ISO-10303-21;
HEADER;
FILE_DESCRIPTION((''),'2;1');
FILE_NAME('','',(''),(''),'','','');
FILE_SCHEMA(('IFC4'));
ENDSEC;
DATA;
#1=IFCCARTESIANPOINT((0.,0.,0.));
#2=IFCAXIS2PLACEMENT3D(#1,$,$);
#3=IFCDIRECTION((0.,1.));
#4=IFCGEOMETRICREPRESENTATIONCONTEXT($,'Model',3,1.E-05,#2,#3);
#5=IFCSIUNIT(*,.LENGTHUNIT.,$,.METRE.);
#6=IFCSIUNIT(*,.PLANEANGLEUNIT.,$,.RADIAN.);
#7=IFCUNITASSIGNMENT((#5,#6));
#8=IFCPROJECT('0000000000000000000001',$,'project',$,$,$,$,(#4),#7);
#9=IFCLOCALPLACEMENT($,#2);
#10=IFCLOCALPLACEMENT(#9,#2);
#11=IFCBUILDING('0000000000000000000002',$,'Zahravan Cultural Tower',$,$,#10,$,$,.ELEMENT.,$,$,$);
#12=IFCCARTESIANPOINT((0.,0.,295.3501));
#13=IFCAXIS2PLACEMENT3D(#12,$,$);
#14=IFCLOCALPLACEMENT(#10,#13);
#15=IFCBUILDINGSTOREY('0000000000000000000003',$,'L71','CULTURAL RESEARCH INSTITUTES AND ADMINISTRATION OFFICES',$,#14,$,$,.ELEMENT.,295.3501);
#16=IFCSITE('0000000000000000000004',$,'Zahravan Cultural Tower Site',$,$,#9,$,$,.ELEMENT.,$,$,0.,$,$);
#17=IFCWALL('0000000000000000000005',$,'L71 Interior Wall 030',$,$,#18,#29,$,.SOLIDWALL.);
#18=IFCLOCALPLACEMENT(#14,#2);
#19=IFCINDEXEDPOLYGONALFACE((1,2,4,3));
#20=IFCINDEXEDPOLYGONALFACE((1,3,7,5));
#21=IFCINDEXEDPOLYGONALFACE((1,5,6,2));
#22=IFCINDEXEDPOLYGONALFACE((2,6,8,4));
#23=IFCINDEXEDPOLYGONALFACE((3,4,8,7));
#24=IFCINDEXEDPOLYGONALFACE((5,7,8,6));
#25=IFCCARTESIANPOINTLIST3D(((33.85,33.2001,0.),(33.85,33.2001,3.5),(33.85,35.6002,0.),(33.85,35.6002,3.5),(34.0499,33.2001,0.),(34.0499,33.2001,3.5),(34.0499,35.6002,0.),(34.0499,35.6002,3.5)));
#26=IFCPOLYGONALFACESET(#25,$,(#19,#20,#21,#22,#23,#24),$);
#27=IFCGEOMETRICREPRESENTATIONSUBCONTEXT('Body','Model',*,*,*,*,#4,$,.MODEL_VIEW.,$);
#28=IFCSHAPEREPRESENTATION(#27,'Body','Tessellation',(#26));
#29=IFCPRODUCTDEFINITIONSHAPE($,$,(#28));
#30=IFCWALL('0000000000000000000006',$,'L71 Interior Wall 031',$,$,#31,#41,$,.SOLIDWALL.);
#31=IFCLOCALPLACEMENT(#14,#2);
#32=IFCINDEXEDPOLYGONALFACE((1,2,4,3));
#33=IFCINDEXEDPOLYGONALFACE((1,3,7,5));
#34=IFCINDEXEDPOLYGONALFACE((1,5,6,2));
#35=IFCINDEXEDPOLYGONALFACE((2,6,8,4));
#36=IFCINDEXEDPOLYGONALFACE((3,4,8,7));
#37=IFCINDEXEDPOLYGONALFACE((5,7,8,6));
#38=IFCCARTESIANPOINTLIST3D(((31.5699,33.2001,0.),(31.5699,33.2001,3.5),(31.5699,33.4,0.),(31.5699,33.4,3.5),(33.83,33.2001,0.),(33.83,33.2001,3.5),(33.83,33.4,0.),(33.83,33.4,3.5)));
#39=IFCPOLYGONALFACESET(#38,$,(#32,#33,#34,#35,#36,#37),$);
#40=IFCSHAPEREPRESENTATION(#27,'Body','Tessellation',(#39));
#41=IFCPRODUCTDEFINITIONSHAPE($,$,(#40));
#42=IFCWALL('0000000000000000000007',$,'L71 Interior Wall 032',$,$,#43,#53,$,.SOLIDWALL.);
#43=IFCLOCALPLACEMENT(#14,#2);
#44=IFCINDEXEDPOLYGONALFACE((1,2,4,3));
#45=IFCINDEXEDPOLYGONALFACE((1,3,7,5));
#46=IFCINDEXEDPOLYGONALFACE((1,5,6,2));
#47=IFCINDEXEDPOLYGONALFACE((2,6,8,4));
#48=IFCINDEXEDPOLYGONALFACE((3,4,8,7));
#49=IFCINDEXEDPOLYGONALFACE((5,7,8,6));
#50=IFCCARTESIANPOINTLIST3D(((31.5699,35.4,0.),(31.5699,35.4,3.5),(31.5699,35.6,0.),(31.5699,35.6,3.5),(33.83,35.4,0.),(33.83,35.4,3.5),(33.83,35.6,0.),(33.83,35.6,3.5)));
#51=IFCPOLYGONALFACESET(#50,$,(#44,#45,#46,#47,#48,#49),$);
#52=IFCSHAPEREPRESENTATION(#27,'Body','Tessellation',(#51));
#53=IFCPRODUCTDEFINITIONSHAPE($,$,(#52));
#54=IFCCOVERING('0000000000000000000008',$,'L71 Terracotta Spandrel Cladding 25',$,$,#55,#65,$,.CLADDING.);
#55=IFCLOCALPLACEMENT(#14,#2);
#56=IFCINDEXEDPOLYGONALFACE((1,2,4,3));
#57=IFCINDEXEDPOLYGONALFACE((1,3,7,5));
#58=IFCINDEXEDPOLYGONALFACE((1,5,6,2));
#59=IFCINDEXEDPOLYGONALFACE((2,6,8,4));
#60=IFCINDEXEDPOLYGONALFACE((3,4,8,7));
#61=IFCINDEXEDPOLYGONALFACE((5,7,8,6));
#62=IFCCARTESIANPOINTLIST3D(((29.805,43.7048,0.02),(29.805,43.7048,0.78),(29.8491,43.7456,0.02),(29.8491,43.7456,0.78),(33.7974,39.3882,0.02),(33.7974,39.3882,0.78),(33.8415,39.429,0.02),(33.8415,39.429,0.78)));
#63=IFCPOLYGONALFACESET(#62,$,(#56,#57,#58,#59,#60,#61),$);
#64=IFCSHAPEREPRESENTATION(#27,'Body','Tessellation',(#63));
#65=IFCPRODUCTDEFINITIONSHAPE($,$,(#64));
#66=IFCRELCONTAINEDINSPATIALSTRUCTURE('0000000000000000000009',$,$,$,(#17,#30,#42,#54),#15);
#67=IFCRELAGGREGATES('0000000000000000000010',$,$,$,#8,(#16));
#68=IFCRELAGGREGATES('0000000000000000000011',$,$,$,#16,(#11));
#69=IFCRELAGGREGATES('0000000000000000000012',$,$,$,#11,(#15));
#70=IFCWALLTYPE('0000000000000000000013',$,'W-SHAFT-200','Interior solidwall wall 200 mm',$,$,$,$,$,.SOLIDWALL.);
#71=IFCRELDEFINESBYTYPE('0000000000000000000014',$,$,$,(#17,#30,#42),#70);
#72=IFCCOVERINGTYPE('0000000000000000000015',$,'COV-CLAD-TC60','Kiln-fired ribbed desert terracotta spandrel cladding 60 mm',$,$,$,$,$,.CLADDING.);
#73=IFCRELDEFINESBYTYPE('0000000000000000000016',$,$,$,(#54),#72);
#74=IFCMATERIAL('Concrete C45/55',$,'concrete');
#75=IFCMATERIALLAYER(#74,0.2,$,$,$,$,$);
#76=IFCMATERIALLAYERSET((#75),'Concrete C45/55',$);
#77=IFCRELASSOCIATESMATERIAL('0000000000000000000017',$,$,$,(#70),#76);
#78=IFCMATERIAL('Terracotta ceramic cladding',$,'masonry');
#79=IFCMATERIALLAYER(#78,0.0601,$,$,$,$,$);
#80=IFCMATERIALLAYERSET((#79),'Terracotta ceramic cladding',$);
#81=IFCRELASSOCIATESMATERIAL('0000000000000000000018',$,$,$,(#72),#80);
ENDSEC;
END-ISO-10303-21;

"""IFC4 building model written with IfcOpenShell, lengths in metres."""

from ifc_helpers import new_model, si_unit, direction, frame, frame_2d, origin, origin_2d, place, context, subcontext, project, spatial, rectangle, extrude, source, transform, mapped, material, layer, layer_set, type_object, element, save


model = new_model("IFC4")

# Units and contexts
model_context = context("Model", 3, precision=1e-05, world=origin(), true_north=direction((0.0, 1.0)))
body_context = subcontext(model_context, "Body", "Model", "MODEL_VIEW")
ifc_project = project(units=[si_unit("LENGTHUNIT", "METRE"), si_unit("PLANEANGLEUNIT", "RADIAN")], contexts=[model_context])

# Site, building, storey
site_placement = place(None, origin())
site = spatial("IfcSite", under=ifc_project, at=site_placement, Name="Zahravan Cultural Tower Site", CompositionType="ELEMENT", RefElevation=0.0)
building_placement = place(site_placement, origin())
building = spatial("IfcBuilding", under=site, at=building_placement, Name="Zahravan Cultural Tower", CompositionType="ELEMENT")
storey_placement = place(building_placement, frame((0.0, 0.0, 295.3501)))
storey = spatial("IfcBuildingStorey", under=building, at=storey_placement, Name="L71", Description="CULTURAL RESEARCH INSTITUTES AND ADMINISTRATION OFFICES", CompositionType="ELEMENT", Elevation=295.3501)

# Shared definitions
ifc_material_1 = material(Name="Concrete C45/55", Category="concrete")

# Shared definitions
ifc_layer_1 = layer(ifc_material_1, 0.2)
ifc_layer_set_1 = layer_set([ifc_layer_1], Name="Concrete C45/55")
wall_type_1 = type_object("IfcWallType", Name="W-SHAFT-200", Description="Interior solidwall wall 200 mm", PredefinedType="SOLIDWALL", material=ifc_layer_set_1)

# Walls
shared_shape_1 = source(origin(), body_context, "Body", "SweptSolid", [
    extrude(rectangle(XDim=2.4001, YDim=0.2, at=frame_2d((1.2002, 0.0))), origin(), (0.0, 0.0, 1.0), 3.5),
])
wall_1_placement = place(storey_placement, frame((33.95, 33.2, 0.0), z_axis=(0.0, 0.0, 1.0), x_axis=(0.0, 1.0, 0.0)))
element("IfcWall", 1, at=wall_1_placement, inside=storey, type_object=wall_type_1, Name="L71 Interior Wall 030", PredefinedType="SOLIDWALL", context=body_context, shape_type="MappedRepresentation", body=[
    mapped(shared_shape_1, transform((0.0, 0.0, 0.0), x_axis=(1.0, 0.0, 0.0), y_axis=(0.0, 1.0, 0.0), z_axis=(0.0, 0.0, 1.0), scale=1.0)),
])
shared_shape_2 = source(origin(), body_context, "Body", "SweptSolid", [
    extrude(rectangle(XDim=2.26, YDim=0.2, at=frame_2d((1.1299, 0.0))), origin(), (0.0, 0.0, 1.0), 3.5),
])
for number, where, z_axis, x_axis, name in (
    (2, (31.5701, 33.3, 0.0), (0.0, 0.0, 1.0), (1.0, 0.0, 0.0), "L71 Interior Wall 031"),
    (3, (31.5701, 35.5, 0.0), (0.0, 0.0, 1.0), (1.0, 0.0, 0.0), "L71 Interior Wall 032"),
):
    element("IfcWall", number, at=place(storey_placement, frame(where, z_axis=z_axis, x_axis=x_axis)), inside=storey, type_object=wall_type_1, Name=name, PredefinedType="SOLIDWALL", context=body_context, shape_type="MappedRepresentation", body=[
        mapped(shared_shape_2, transform((0.0, 0.0, 0.0), x_axis=(1.0, 0.0, 0.0), y_axis=(0.0, 1.0, 0.0), z_axis=(0.0, 0.0, 1.0), scale=1.0)),
    ])

# Covering
ifc_material_2 = material(Name="Terracotta ceramic cladding", Category="masonry")
ifc_layer_2 = layer(ifc_material_2, 0.0601)
ifc_layer_set_2 = layer_set([ifc_layer_2], Name="Terracotta ceramic cladding")
covering_type = type_object("IfcCoveringType", Name="COV-CLAD-TC60", Description="Kiln-fired ribbed desert terracotta spandrel cladding 60 mm", PredefinedType="CLADDING", material=ifc_layer_set_2)
shared_shape_3 = source(origin(), body_context, "Body", "SweptSolid", [
    extrude(rectangle(XDim=5.8799, YDim=0.0601, at=origin_2d()), origin(), (0.0, 0.0, 1.0), 0.76),
])
covering_placement = place(storey_placement, frame((31.8232, 41.5669, 0.02), z_axis=(0.0, 0.0, 1.0), x_axis=(0.679006, -0.734133, 0.0)))
element("IfcCovering", 4, at=covering_placement, inside=storey, type_object=covering_type, Name="L71 Terracotta Spandrel Cladding 25", PredefinedType="CLADDING", context=body_context, shape_type="MappedRepresentation", body=[
    mapped(shared_shape_3, transform((0.0, 0.0, 0.0), x_axis=(1.0, 0.0, 0.0), y_axis=(0.0, 1.0, 0.0), z_axis=(0.0, 0.0, 1.0), scale=1.0)),
])

save(model, "model.ifc")
